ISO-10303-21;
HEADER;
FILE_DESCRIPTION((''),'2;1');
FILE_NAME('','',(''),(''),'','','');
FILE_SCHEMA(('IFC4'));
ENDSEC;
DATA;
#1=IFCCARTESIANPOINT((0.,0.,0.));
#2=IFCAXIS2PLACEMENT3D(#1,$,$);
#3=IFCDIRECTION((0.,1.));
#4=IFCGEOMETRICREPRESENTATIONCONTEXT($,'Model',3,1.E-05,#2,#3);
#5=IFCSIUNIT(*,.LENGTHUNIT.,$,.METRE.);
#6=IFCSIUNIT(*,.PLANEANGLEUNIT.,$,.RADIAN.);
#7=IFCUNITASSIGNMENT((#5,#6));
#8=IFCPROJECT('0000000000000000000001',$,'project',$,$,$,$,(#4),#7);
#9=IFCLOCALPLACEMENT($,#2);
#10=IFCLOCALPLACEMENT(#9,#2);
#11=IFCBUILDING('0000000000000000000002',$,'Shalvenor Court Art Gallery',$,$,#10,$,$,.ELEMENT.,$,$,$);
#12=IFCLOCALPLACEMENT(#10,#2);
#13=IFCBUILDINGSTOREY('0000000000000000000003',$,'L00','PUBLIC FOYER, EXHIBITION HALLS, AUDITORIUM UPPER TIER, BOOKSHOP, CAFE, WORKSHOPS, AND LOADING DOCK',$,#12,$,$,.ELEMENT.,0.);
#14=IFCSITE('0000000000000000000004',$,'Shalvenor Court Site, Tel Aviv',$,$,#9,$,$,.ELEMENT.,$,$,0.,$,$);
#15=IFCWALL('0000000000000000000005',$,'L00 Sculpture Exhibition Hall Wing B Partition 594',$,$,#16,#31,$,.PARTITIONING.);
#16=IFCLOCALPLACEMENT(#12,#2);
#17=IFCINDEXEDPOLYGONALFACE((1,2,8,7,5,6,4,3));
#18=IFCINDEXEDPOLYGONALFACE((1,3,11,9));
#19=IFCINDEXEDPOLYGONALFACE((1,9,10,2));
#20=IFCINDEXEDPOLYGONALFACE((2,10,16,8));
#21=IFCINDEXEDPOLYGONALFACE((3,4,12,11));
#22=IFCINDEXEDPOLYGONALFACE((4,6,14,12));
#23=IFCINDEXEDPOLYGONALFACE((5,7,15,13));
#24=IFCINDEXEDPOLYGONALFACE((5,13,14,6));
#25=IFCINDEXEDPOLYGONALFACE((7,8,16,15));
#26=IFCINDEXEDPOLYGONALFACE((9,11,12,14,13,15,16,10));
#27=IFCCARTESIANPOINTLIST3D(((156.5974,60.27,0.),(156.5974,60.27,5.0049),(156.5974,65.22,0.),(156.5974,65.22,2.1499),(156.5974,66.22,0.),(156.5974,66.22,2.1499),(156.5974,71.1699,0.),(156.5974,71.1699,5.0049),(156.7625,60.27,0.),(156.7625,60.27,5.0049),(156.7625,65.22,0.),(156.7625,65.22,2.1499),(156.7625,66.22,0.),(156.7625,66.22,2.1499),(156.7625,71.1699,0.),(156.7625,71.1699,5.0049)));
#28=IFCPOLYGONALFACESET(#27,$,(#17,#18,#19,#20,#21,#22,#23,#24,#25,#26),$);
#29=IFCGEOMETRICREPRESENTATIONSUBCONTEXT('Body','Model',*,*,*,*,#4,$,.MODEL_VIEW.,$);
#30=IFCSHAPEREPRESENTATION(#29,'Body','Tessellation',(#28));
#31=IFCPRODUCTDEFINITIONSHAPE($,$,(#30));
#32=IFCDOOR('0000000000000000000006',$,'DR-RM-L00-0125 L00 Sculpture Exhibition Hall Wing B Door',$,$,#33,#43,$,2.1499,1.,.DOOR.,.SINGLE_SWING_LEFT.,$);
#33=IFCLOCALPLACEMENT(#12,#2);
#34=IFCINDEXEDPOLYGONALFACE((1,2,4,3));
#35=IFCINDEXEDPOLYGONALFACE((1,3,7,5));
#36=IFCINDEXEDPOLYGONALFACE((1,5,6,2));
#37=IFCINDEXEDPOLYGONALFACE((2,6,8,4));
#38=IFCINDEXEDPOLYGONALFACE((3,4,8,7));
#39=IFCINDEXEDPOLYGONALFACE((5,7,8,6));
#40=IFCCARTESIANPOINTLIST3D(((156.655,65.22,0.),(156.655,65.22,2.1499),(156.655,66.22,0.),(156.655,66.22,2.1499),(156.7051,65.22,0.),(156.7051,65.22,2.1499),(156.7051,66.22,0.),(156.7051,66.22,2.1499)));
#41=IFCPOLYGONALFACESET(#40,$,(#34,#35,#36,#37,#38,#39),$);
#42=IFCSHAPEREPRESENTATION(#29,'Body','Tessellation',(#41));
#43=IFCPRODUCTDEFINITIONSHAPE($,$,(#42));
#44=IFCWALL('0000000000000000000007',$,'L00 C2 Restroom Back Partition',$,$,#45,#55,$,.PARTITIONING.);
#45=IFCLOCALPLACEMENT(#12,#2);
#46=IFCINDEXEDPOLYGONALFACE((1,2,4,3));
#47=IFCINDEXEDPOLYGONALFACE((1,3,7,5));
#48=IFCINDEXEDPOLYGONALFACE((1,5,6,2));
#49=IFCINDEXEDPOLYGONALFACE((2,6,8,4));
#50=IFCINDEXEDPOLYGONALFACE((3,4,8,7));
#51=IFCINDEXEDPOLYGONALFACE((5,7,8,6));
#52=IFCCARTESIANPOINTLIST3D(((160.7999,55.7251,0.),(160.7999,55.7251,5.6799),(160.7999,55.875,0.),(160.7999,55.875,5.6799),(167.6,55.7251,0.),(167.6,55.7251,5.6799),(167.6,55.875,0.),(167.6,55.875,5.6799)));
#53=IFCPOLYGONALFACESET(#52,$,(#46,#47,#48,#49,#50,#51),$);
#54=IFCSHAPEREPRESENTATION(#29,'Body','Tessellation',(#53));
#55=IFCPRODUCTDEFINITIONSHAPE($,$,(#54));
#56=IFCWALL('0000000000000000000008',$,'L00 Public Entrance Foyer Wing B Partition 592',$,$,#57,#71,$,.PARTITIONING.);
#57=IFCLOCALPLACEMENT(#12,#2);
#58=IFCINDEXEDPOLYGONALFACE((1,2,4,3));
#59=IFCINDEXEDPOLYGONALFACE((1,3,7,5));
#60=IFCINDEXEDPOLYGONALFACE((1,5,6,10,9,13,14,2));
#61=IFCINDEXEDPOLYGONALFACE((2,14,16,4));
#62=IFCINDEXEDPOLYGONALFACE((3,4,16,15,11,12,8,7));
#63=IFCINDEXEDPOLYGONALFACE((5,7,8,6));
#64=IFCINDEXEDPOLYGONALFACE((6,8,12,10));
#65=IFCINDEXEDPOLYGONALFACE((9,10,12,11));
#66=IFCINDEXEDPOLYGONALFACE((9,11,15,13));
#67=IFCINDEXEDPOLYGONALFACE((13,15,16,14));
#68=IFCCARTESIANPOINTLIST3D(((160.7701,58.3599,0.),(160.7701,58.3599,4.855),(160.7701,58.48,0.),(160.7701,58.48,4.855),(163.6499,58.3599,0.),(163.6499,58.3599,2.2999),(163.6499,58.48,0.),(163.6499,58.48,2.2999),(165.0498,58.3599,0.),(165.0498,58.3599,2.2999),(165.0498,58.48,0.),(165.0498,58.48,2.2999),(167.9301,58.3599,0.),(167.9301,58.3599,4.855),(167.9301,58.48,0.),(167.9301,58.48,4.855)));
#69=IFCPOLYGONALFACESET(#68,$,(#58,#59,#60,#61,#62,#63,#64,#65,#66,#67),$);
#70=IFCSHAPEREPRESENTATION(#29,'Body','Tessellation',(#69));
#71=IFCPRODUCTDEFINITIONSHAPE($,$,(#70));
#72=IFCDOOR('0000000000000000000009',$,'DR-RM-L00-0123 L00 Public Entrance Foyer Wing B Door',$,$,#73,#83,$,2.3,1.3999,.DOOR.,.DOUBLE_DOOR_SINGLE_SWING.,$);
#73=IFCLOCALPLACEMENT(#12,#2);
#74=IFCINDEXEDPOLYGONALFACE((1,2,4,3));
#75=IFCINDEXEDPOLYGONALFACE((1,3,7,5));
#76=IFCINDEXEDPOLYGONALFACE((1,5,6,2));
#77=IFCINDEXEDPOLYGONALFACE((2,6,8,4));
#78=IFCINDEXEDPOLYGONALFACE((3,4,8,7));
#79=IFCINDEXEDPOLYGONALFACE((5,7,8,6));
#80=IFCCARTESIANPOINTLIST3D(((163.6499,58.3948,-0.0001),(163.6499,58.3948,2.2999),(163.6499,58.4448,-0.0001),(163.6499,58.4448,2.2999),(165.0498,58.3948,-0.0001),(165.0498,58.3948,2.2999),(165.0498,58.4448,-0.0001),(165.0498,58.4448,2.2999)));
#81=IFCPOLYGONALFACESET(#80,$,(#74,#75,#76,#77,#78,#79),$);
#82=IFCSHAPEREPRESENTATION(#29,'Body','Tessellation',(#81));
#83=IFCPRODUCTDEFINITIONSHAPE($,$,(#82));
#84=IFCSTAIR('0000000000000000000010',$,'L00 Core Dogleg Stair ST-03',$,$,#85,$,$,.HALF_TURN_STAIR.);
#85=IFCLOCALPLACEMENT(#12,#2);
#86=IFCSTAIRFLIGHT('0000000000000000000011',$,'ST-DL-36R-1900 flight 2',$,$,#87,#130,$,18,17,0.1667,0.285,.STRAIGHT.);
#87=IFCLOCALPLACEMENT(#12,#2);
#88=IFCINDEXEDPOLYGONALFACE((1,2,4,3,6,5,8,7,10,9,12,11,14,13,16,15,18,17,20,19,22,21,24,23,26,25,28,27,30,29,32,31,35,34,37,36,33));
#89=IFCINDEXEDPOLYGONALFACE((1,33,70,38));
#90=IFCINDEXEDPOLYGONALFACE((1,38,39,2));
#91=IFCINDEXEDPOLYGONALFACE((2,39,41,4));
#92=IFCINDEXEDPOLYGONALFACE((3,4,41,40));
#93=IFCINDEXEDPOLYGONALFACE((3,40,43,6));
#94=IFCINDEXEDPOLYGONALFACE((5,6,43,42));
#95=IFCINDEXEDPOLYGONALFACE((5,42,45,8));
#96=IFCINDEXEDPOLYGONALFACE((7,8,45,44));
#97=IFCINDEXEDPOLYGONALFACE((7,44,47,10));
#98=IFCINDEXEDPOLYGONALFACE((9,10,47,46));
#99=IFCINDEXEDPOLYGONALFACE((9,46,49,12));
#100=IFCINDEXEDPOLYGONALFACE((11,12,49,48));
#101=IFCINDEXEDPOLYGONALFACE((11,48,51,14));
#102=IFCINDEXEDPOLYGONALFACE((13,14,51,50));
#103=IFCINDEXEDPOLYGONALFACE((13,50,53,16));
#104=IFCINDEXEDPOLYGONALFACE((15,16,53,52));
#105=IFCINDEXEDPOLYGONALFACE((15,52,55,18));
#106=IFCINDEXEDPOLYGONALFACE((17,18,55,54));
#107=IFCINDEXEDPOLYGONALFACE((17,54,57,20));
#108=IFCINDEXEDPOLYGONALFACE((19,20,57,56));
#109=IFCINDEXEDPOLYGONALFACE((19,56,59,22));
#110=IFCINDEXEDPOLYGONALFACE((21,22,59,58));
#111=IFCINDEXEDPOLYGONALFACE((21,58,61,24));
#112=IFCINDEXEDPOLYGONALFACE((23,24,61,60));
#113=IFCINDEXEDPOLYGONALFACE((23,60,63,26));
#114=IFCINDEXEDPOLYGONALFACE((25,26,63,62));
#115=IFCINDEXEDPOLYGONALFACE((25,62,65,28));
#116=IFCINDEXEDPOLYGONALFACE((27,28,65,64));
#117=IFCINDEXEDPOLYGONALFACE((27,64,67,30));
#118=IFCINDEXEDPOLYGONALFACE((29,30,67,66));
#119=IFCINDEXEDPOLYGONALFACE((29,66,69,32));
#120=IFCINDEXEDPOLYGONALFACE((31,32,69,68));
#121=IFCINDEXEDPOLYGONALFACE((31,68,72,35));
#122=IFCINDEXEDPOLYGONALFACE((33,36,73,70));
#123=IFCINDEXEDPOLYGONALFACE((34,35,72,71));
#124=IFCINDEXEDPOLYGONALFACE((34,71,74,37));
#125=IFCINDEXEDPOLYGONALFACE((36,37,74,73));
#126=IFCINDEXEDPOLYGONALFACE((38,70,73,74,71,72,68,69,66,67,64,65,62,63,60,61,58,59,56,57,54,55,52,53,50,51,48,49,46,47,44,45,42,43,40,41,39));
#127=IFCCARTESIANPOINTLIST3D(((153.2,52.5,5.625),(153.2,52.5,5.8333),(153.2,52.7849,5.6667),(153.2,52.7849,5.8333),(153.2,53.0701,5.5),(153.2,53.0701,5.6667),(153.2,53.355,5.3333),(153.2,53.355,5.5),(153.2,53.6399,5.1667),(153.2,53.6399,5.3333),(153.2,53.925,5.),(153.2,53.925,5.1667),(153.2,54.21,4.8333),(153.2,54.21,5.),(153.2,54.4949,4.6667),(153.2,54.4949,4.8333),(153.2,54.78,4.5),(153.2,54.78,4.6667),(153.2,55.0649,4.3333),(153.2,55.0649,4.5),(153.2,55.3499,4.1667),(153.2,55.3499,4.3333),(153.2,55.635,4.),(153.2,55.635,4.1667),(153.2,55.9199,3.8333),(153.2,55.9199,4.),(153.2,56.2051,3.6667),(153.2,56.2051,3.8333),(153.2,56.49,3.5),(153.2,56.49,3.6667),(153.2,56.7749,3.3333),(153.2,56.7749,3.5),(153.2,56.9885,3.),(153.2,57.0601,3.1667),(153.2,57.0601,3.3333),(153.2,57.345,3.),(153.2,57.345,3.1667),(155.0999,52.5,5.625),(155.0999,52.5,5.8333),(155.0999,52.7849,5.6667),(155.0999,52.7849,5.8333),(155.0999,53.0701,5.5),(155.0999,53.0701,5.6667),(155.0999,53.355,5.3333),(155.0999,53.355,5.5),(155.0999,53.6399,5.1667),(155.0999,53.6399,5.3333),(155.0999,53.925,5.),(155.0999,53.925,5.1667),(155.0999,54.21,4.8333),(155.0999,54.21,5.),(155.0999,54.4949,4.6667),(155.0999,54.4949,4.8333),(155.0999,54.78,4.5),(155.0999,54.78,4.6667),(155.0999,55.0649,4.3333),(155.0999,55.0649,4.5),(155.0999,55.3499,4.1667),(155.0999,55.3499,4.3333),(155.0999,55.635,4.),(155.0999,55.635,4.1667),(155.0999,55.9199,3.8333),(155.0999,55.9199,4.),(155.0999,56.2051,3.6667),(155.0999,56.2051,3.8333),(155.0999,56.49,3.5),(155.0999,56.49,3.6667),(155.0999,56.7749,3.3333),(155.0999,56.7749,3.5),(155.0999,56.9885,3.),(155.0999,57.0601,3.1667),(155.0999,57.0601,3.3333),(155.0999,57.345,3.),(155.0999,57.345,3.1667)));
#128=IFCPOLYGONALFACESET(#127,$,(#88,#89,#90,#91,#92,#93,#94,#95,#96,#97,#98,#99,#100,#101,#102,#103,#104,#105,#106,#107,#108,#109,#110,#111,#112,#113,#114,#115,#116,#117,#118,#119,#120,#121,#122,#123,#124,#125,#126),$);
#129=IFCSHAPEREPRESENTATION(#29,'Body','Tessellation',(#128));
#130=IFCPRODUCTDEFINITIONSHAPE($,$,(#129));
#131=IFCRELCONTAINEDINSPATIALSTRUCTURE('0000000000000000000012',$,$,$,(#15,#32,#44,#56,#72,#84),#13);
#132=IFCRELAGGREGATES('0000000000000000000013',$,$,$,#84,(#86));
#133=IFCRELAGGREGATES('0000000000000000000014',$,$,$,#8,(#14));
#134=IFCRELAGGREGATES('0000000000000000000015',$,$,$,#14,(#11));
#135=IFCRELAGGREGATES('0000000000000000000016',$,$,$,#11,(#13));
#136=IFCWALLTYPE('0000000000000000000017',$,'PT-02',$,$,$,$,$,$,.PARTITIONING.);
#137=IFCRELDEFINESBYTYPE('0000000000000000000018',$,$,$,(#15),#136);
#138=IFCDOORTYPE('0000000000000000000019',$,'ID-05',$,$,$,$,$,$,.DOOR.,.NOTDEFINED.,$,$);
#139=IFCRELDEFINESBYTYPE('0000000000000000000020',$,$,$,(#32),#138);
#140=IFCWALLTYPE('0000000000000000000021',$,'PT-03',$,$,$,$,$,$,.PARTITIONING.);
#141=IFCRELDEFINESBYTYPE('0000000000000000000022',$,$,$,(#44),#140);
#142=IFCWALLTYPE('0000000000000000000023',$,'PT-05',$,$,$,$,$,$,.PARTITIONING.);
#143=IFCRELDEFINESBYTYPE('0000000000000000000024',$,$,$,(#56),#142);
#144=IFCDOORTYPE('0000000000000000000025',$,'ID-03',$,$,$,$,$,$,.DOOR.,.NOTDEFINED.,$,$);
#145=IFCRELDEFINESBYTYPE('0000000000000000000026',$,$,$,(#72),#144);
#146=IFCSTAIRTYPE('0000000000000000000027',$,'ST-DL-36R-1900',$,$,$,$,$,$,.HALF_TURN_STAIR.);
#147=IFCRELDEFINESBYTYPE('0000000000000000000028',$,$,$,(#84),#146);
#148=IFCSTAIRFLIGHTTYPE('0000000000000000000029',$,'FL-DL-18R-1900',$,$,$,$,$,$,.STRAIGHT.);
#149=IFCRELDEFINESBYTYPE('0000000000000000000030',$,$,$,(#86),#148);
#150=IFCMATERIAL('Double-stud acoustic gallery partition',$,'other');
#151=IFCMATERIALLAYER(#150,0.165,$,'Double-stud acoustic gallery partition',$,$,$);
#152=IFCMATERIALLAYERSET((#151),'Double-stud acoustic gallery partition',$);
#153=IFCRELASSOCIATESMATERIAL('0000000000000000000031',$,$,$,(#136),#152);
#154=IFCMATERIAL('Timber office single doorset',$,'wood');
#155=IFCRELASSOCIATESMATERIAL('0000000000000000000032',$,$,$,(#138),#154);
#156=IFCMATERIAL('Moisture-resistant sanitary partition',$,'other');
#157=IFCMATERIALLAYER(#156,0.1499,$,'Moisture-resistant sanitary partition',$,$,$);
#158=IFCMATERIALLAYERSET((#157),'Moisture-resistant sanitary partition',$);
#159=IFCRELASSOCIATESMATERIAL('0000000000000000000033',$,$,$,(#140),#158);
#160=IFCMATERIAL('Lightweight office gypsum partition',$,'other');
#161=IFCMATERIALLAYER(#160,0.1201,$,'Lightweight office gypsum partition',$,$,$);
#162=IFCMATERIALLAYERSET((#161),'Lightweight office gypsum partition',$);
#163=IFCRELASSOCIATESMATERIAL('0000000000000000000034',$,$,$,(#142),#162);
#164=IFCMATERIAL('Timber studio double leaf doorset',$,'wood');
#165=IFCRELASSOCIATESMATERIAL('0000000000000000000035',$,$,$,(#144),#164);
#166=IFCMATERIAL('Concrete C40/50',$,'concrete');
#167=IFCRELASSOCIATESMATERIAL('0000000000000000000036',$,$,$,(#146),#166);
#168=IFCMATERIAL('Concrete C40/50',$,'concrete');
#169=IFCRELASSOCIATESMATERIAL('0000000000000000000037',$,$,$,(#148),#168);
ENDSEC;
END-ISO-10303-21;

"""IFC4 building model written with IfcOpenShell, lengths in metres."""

from ifc_helpers import new_model, si_unit, direction, frame, frame_2d, origin, place, context, subcontext, project, spatial, polyline, rectangle, outline, extrude, material, layer, layer_set, type_object, element, fill, aggregate, save


model = new_model("IFC4")

# Units and contexts
model_context = context("Model", 3, precision=1e-05, world=origin(), true_north=direction((0.0, 1.0)))
body_context = subcontext(model_context, "Body", "Model", "MODEL_VIEW")
ifc_project = project(units=[si_unit("LENGTHUNIT", "METRE"), si_unit("PLANEANGLEUNIT", "RADIAN")], contexts=[model_context])

# Site, building, storey
site_placement = place(None, origin())
site = spatial("IfcSite", under=ifc_project, at=site_placement, Name="Shalvenor Court Site, Tel Aviv", CompositionType="ELEMENT", RefElevation=0.0)
building_placement = place(site_placement, origin())
building = spatial("IfcBuilding", under=site, at=building_placement, Name="Shalvenor Court Art Gallery", CompositionType="ELEMENT")
storey_placement = place(building_placement, origin())
storey = spatial("IfcBuildingStorey", under=building, at=storey_placement, Name="L00", Description="PUBLIC FOYER, EXHIBITION HALLS, AUDITORIUM UPPER TIER, BOOKSHOP, CAFE, WORKSHOPS, AND LOADING DOCK", CompositionType="ELEMENT", Elevation=0.0)

# Wall, opening, door
ifc_material_1 = material(Name="Double-stud acoustic gallery partition", Category="other")
ifc_layer_1 = layer(ifc_material_1, 0.165, Name="Double-stud acoustic gallery partition")
ifc_layer_set_1 = layer_set([ifc_layer_1], Name="Double-stud acoustic gallery partition")
wall_type_1 = type_object("IfcWallType", Name="PT-02", PredefinedType="PARTITIONING", material=ifc_layer_set_1)
wall_1_placement = place(storey_placement, frame((156.6799, 60.27, 0.0), z_axis=(0.0, 0.0, 1.0), x_axis=(0.0, 1.0, 0.0)))
wall_1 = element("IfcWall", 1, at=wall_1_placement, inside=storey, type_object=wall_type_1, Name="L00 Sculpture Exhibition Hall Wing B Partition 594", PredefinedType="PARTITIONING", context=body_context, shape_type="SweptSolid", body=[
    extrude(rectangle(XDim=10.8999, YDim=0.165, at=frame_2d((5.45, 0.0))), origin(), (0.0, 0.0, 1.0), 5.0049),
])
opening_1_placement = place(wall_1_placement, frame((4.95, 0.0, 0.0)))
opening_1 = element("IfcOpeningElement", 2, at=opening_1_placement, cuts=wall_1, PredefinedType="OPENING", context=body_context, shape_type="SweptSolid", body=[
    extrude(rectangle(XDim=1.0, YDim=2.1499, at=frame_2d((0.5, 1.075))), frame((0.0, 0.0925, 0.0), z_axis=(0.0, -1.0, 0.0), x_axis=(1.0, 0.0, 0.0)), (0.0, 0.0, 1.0), 0.1851),
])
ifc_material_2 = material(Name="Timber office single doorset", Category="wood")
door_type_1 = type_object("IfcDoorType", Name="ID-05", OperationType="NOTDEFINED", PredefinedType="DOOR", material=ifc_material_2)
door_1_placement = place(opening_1_placement, origin())
door_1 = element("IfcDoor", 3, at=door_1_placement, inside=storey, type_object=door_type_1, Name="DR-RM-L00-0125 L00 Sculpture Exhibition Hall Wing B Door", OperationType="SINGLE_SWING_LEFT", OverallHeight=2.1499, OverallWidth=1.0, PredefinedType="DOOR", context=body_context, shape_type="SweptSolid", body=[
    extrude(rectangle(XDim=1.0, YDim=2.1499, at=frame_2d((0.5, 1.075))), frame((0.0, 0.0249, 0.0), z_axis=(0.0, -1.0, 0.0), x_axis=(1.0, 0.0, 0.0)), (0.0, 0.0, 1.0), 0.05),
])
fill(opening_1, door_1)

# Wall
ifc_material_3 = material(Name="Moisture-resistant sanitary partition", Category="other")
ifc_layer_2 = layer(ifc_material_3, 0.1499, Name="Moisture-resistant sanitary partition")
ifc_layer_set_2 = layer_set([ifc_layer_2], Name="Moisture-resistant sanitary partition")
wall_type_2 = type_object("IfcWallType", Name="PT-03", PredefinedType="PARTITIONING", material=ifc_layer_set_2)
wall_2_placement = place(storey_placement, frame((160.8, 55.8, 0.0), z_axis=(0.0, 0.0, 1.0), x_axis=(1.0, 0.0, 0.0)))
element("IfcWall", 4, at=wall_2_placement, inside=storey, type_object=wall_type_2, Name="L00 C2 Restroom Back Partition", PredefinedType="PARTITIONING", context=body_context, shape_type="SweptSolid", body=[
    extrude(rectangle(XDim=6.8, YDim=0.1499, at=frame_2d((3.3999, 0.0))), origin(), (0.0, 0.0, 1.0), 5.6799),
])

# Wall, opening, door
ifc_material_4 = material(Name="Lightweight office gypsum partition", Category="other")
ifc_layer_3 = layer(ifc_material_4, 0.1201, Name="Lightweight office gypsum partition")
ifc_layer_set_3 = layer_set([ifc_layer_3], Name="Lightweight office gypsum partition")
wall_type_3 = type_object("IfcWallType", Name="PT-05", PredefinedType="PARTITIONING", material=ifc_layer_set_3)
wall_3_placement = place(storey_placement, frame((160.77, 58.4199, 0.0), z_axis=(0.0, 0.0, 1.0), x_axis=(1.0, 0.0, 0.0)))
wall_3 = element("IfcWall", 5, at=wall_3_placement, inside=storey, type_object=wall_type_3, Name="L00 Public Entrance Foyer Wing B Partition 592", PredefinedType="PARTITIONING", context=body_context, shape_type="SweptSolid", body=[
    extrude(rectangle(XDim=7.1599, YDim=0.1201, at=frame_2d((3.5801, 0.0))), origin(), (0.0, 0.0, 1.0), 4.855),
])
opening_2_placement = place(wall_3_placement, frame((2.8799, 0.0, 0.0)))
opening_2 = element("IfcOpeningElement", 6, at=opening_2_placement, cuts=wall_3, PredefinedType="OPENING", context=body_context, shape_type="SweptSolid", body=[
    extrude(rectangle(XDim=1.3999, YDim=2.3, at=frame_2d((0.7, 1.1499))), frame((0.0, 0.0701, 0.0), z_axis=(0.0, -1.0, 0.0), x_axis=(1.0, 0.0, 0.0)), (0.0, 0.0, 1.0), 0.1401),
])
ifc_material_5 = material(Name="Timber studio double leaf doorset", Category="wood")
door_type_2 = type_object("IfcDoorType", Name="ID-03", OperationType="NOTDEFINED", PredefinedType="DOOR", material=ifc_material_5)
door_2_placement = place(opening_2_placement, origin())
door_2 = element("IfcDoor", 7, at=door_2_placement, inside=storey, type_object=door_type_2, Name="DR-RM-L00-0123 L00 Public Entrance Foyer Wing B Door", OperationType="DOUBLE_DOOR_SINGLE_SWING", OverallHeight=2.3, OverallWidth=1.3999, PredefinedType="DOOR", context=body_context, shape_type="SweptSolid", body=[
    extrude(rectangle(XDim=1.3999, YDim=2.3, at=frame_2d((0.7, 1.1499))), frame((0.0, 0.0249, 0.0), z_axis=(0.0, -1.0, 0.0), x_axis=(1.0, 0.0, 0.0)), (0.0, 0.0, 1.0), 0.05),
])
fill(opening_2, door_2)

# Stair, stair flight
ifc_material_6 = material(Name="Concrete C40/50", Category="concrete")
stair_type = type_object("IfcStairType", Name="ST-DL-36R-1900", PredefinedType="HALF_TURN_STAIR", material=ifc_material_6)
stair_placement = place(storey_placement, origin())
stair = element("IfcStair", 8, at=stair_placement, inside=storey, type_object=stair_type, Name="L00 Core Dogleg Stair ST-03", PredefinedType="HALF_TURN_STAIR")
ifc_material_7 = material(Name="Concrete C40/50", Category="concrete")
stair_flight_type = type_object("IfcStairFlightType", Name="FL-DL-18R-1900", PredefinedType="STRAIGHT", material=ifc_material_7)
stair_flight_placement = place(storey_placement, frame((154.1499, 57.345, 3.0), z_axis=(0.0, 0.0, 1.0), x_axis=(0.0, -1.0, 0.0)))
stair_flight = element("IfcStairFlight", 9, at=stair_flight_placement, type_object=stair_flight_type, Name="ST-DL-36R-1900 flight 2", NumberOfRisers=18, NumberOfTreads=17, PredefinedType="STRAIGHT", RiserHeight=0.1667, TreadLength=0.285, context=body_context, shape_type="SweptSolid", body=[
    extrude(outline(polyline([(0.0, 0.0), (0.0, 0.1667), (0.2849, 0.1667), (0.2849, 0.3333), (0.5701, 0.3333), (0.5701, 0.5), (0.855, 0.5), (0.855, 0.6667), (1.1399, 0.6667), (1.1399, 0.8333), (1.425, 0.8333), (1.425, 1.0), (1.71, 1.0), (1.71, 1.1667), (1.9951, 1.1667), (1.9951, 1.3333), (2.28, 1.3333), (2.28, 1.5), (2.5649, 1.5), (2.5649, 1.6667), (2.8501, 1.6667), (2.8501, 1.8333), (3.135, 1.8333), (3.135, 2.0), (3.4199, 2.0), (3.4199, 2.1667), (3.7051, 2.1667), (3.7051, 2.3333), (3.99, 2.3333), (3.99, 2.5), (4.2749, 2.5), (4.2749, 2.6667), (4.5601, 2.6667), (4.5601, 2.8333), (4.845, 2.8333), (4.845, 3.0), (4.845, 2.625), (0.3564, 0.0), (0.0, 0.0)])), frame((0.0, 0.95, 0.0), z_axis=(0.0, -1.0, 0.0), x_axis=(1.0, 0.0, 0.0)), (0.0, 0.0, 1.0), 1.8999),
])
aggregate(stair, [stair_flight])

save(model, "model.ifc")
